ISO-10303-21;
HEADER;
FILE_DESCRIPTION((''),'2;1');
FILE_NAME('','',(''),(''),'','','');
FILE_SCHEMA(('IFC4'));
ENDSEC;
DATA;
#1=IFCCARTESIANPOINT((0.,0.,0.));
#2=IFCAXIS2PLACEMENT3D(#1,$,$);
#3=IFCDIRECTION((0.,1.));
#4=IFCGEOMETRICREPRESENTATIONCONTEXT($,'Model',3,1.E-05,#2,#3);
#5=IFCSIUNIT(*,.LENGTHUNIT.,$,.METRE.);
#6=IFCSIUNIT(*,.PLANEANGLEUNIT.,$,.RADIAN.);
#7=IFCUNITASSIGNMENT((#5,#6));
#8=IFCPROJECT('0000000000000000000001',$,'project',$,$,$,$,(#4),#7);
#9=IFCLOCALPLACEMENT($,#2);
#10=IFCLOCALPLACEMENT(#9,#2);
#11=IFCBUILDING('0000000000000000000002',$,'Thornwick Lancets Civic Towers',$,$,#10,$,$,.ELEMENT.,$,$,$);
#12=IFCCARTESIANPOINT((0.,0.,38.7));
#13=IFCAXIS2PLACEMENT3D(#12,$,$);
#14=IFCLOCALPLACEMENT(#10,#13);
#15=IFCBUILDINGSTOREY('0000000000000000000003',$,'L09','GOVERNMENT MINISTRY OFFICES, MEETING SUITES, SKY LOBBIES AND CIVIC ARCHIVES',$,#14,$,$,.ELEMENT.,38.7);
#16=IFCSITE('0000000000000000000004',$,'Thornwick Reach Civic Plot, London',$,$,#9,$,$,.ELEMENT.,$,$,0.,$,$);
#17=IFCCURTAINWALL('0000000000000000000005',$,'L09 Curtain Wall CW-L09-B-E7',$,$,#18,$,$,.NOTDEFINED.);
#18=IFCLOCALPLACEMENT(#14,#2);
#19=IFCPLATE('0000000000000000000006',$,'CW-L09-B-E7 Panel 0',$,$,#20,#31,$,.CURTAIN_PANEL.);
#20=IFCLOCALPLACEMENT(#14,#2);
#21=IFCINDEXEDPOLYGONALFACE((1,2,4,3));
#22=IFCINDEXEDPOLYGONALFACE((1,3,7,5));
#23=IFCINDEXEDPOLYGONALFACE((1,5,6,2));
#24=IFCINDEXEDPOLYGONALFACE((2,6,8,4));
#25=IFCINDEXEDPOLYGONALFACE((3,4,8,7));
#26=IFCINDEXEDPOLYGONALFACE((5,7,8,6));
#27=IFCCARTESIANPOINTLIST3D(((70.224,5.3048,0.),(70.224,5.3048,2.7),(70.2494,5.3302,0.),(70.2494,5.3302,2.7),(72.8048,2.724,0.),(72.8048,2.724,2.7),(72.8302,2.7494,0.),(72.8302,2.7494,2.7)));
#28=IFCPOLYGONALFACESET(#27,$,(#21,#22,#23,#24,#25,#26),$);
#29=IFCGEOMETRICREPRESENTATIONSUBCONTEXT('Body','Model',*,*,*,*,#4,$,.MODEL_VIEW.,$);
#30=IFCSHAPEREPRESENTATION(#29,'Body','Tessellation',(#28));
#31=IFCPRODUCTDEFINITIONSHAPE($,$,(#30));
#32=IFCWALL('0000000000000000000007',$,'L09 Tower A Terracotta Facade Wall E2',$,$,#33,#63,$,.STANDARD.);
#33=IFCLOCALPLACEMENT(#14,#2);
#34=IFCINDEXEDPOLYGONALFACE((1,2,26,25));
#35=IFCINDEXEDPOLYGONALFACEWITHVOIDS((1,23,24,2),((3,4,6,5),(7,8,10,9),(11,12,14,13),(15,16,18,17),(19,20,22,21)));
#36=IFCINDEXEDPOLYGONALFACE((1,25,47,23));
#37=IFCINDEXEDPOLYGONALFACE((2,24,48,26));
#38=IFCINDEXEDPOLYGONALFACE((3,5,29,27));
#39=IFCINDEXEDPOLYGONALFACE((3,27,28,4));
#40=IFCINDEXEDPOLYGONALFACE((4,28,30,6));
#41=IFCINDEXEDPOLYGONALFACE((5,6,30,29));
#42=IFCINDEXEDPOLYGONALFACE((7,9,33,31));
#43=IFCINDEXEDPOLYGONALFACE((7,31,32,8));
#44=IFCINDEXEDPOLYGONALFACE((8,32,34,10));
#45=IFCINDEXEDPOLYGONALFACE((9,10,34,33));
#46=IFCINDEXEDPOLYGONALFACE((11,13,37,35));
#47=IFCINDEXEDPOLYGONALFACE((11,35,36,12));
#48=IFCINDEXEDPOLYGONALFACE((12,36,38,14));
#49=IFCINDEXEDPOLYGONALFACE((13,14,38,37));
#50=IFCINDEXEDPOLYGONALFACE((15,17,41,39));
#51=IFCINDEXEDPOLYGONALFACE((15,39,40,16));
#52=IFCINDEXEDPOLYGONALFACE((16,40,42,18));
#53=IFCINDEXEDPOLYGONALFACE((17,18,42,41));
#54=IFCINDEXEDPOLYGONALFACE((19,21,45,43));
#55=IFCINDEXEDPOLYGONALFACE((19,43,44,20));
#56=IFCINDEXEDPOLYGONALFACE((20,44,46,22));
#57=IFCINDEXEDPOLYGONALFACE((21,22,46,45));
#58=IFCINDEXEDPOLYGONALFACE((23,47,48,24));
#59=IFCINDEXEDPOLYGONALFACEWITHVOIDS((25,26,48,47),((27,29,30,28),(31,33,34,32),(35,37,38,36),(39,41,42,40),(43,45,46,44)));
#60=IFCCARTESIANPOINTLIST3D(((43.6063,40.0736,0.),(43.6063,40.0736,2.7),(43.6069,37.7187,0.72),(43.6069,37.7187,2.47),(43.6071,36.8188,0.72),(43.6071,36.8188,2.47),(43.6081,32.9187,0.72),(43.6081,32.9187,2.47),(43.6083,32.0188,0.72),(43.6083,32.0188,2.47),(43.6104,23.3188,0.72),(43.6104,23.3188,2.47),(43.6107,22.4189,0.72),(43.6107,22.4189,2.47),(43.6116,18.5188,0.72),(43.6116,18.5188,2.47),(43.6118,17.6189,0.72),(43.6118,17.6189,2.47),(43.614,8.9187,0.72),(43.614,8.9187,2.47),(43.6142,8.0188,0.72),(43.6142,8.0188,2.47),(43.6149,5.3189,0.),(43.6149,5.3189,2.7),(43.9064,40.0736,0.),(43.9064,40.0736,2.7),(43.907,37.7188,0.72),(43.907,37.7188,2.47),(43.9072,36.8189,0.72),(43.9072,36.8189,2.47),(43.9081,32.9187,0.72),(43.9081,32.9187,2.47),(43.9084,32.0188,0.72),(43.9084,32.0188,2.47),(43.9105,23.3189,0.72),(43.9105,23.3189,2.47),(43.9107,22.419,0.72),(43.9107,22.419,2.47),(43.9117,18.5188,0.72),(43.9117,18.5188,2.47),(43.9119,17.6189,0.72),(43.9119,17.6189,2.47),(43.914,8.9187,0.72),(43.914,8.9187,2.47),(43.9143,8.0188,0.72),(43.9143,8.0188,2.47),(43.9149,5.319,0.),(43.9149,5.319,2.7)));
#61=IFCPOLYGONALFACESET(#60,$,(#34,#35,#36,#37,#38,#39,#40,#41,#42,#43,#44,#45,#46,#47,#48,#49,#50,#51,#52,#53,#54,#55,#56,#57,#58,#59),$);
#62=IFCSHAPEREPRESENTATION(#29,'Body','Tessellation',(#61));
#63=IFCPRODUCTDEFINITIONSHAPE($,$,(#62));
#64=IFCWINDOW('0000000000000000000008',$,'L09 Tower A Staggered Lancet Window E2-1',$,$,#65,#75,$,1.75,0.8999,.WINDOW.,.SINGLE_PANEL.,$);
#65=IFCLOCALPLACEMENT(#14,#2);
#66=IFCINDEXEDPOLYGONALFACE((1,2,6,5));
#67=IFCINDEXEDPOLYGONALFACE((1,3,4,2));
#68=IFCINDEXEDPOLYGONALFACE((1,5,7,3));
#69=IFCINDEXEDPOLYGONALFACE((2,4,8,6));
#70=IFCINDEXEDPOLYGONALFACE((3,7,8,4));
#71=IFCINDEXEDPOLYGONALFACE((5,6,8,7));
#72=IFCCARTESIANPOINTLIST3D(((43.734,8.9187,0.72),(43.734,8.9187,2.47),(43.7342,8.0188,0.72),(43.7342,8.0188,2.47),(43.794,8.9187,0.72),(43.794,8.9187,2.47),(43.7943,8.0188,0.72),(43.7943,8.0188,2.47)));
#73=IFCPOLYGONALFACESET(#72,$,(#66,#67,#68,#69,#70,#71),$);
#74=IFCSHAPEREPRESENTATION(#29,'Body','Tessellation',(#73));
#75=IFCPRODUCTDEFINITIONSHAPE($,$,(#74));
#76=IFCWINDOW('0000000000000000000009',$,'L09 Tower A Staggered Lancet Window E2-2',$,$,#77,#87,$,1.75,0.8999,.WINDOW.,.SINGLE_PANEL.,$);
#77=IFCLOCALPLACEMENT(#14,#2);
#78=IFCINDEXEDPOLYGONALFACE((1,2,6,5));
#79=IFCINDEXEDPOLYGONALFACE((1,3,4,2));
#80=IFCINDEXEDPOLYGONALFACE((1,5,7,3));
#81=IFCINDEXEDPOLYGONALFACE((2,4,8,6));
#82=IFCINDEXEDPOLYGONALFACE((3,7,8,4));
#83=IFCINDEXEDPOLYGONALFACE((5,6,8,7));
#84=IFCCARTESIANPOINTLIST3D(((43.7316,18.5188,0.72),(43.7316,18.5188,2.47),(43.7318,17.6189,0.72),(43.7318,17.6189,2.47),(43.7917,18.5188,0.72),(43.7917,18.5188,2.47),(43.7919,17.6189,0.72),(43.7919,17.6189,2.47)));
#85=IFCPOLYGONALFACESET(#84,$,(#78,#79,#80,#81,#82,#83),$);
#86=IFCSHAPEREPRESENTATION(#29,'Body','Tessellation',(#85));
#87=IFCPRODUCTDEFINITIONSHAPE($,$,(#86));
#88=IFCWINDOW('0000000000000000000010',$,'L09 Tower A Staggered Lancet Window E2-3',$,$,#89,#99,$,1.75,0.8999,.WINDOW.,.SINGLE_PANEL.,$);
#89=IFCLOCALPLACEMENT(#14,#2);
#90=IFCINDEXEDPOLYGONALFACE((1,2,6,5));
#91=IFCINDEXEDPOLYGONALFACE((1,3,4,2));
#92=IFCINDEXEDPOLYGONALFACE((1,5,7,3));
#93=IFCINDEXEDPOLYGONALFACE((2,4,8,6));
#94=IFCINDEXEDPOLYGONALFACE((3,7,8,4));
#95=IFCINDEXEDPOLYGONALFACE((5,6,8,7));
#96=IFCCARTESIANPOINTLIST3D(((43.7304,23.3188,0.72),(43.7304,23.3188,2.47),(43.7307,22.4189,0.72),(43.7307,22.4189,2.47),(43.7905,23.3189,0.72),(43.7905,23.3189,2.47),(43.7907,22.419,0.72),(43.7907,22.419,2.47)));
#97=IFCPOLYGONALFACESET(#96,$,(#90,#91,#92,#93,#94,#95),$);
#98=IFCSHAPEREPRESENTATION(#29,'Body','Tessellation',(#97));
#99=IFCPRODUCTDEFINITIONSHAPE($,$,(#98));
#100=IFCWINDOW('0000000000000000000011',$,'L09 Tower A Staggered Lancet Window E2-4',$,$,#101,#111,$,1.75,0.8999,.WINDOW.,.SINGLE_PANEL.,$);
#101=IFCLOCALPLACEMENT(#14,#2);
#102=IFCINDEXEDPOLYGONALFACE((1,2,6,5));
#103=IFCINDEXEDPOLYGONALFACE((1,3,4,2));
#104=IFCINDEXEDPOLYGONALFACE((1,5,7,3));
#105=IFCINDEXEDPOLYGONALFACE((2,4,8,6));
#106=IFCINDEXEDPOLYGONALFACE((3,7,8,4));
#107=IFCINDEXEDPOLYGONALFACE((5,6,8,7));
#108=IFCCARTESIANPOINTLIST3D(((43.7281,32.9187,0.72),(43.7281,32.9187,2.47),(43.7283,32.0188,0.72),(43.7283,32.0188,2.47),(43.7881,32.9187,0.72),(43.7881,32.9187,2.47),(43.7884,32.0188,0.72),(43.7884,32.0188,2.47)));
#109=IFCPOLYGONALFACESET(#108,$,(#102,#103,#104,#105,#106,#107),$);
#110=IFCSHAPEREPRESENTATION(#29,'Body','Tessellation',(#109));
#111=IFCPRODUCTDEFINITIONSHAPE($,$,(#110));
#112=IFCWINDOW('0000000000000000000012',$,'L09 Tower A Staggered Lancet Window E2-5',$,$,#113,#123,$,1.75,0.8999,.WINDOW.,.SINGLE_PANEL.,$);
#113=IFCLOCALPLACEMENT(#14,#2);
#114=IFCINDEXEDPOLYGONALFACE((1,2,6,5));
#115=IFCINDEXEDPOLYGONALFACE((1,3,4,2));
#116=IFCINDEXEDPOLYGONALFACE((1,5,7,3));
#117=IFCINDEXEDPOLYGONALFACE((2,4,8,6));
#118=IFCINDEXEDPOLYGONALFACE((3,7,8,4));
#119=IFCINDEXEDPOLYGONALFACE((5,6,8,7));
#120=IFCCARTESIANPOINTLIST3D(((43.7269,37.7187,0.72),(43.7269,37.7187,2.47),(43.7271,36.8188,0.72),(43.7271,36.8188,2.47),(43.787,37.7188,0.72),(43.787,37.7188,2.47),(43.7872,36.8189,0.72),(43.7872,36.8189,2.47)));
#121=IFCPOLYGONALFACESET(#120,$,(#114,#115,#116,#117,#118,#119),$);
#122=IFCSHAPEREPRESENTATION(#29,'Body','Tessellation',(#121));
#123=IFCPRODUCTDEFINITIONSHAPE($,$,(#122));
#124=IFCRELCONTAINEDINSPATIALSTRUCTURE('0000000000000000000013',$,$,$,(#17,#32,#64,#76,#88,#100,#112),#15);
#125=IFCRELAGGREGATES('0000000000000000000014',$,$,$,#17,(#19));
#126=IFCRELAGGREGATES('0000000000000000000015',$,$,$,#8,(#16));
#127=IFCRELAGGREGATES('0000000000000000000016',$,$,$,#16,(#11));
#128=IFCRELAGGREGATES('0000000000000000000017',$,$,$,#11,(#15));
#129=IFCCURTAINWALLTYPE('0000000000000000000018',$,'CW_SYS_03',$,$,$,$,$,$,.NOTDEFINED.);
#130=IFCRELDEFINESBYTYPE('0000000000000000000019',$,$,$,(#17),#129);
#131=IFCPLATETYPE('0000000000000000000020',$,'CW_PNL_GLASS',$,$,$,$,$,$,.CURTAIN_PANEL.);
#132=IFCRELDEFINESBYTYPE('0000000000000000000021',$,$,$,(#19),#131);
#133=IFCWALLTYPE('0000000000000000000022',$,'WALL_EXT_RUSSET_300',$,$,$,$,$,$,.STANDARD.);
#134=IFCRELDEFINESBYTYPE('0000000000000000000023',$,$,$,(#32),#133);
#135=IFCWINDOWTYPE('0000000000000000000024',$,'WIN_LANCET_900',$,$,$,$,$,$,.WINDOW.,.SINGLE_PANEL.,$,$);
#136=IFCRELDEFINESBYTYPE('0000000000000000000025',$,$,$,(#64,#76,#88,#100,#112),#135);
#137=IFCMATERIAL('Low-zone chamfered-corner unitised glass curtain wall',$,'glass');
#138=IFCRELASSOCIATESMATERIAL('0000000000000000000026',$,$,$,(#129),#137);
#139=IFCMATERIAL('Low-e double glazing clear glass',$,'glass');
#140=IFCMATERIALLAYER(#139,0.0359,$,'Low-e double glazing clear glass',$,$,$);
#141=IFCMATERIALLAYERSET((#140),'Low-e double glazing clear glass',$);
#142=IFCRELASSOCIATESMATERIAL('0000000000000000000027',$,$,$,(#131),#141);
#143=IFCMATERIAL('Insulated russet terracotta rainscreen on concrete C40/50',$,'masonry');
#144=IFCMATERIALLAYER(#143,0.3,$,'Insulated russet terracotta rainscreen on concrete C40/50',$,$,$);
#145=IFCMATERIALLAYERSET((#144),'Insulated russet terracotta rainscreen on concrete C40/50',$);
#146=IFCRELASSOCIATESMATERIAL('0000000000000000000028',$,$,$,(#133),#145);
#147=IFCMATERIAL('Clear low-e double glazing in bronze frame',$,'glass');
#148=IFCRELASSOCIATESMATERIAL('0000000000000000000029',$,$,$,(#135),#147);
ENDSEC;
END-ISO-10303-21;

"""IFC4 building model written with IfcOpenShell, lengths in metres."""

from ifc_helpers import new_model, si_unit, direction, frame, frame_2d, origin, origin_2d, place, context, subcontext, project, spatial, rectangle, extrude, material, layer, layer_set, type_object, element, fill, aggregate, save


model = new_model("IFC4")

# Units and contexts
model_context = context("Model", 3, precision=1e-05, world=origin(), true_north=direction((0.0, 1.0)))
body_context = subcontext(model_context, "Body", "Model", "MODEL_VIEW")
ifc_project = project(units=[si_unit("LENGTHUNIT", "METRE"), si_unit("PLANEANGLEUNIT", "RADIAN")], contexts=[model_context])

# Site, building, storey
site_placement = place(None, origin())
site = spatial("IfcSite", under=ifc_project, at=site_placement, Name="Thornwick Reach Civic Plot, London", CompositionType="ELEMENT", RefElevation=0.0)
building_placement = place(site_placement, origin())
building = spatial("IfcBuilding", under=site, at=building_placement, Name="Thornwick Lancets Civic Towers", CompositionType="ELEMENT")
storey_placement = place(building_placement, frame((0.0, 0.0, 38.7)))
storey = spatial("IfcBuildingStorey", under=building, at=storey_placement, Name="L09", Description="GOVERNMENT MINISTRY OFFICES, MEETING SUITES, SKY LOBBIES AND CIVIC ARCHIVES", CompositionType="ELEMENT", Elevation=38.7)

# Shared definitions
ifc_material_1 = material(Name="Low-zone chamfered-corner unitised glass curtain wall", Category="glass")
curtain_wall_type = type_object("IfcCurtainWallType", Name="CW_SYS_03", PredefinedType="NOTDEFINED", material=ifc_material_1)

# Curtain wall, plate
curtain_wall_1_placement = place(storey_placement, origin())
curtain_wall_1 = element("IfcCurtainWall", 1, at=curtain_wall_1_placement, inside=storey, type_object=curtain_wall_type, Name="L09 Curtain Wall CW-L09-B-E7", PredefinedType="NOTDEFINED")
ifc_material_2 = material(Name="Low-e double glazing clear glass", Category="glass")
ifc_layer_1 = layer(ifc_material_2, 0.0359, Name="Low-e double glazing clear glass")
ifc_layer_set_1 = layer_set([ifc_layer_1], Name="Low-e double glazing clear glass")
plate_type = type_object("IfcPlateType", Name="CW_PNL_GLASS", PredefinedType="CURTAIN_PANEL", material=ifc_layer_set_1)
plate_placement = place(storey_placement, frame((71.5271, 4.0271, 0.0), z_axis=(0.0, 0.0, 1.0), x_axis=(0.707107, -0.707107, 0.0)))
plate = element("IfcPlate", 2, at=plate_placement, type_object=plate_type, Name="CW-L09-B-E7 Panel 0", PredefinedType="CURTAIN_PANEL", context=body_context, shape_type="SweptSolid", body=[
    extrude(rectangle(XDim=3.6499, YDim=0.0359, at=origin_2d()), origin(), (0.0, 0.0, 1.0), 2.7),
])
aggregate(curtain_wall_1, [plate])

# Wall, openings, windows
ifc_material_3 = material(Name="Insulated russet terracotta rainscreen on concrete C40/50", Category="masonry")
ifc_layer_2 = layer(ifc_material_3, 0.3, Name="Insulated russet terracotta rainscreen on concrete C40/50")
ifc_layer_set_2 = layer_set([ifc_layer_2], Name="Insulated russet terracotta rainscreen on concrete C40/50")
wall_type_1 = type_object("IfcWallType", Name="WALL_EXT_RUSSET_300", PredefinedType="STANDARD", material=ifc_layer_set_2)
wall_1_placement = place(storey_placement, frame((43.7649, 5.3188, 0.0), z_axis=(0.0, 0.0, 1.0), x_axis=(-0.000246, 1.0, 0.0)))
wall_1 = element("IfcWall", 3, at=wall_1_placement, inside=storey, type_object=wall_type_1, Name="L09 Tower A Terracotta Facade Wall E2", PredefinedType="STANDARD", context=body_context, shape_type="SweptSolid", body=[
    extrude(rectangle(XDim=34.7546, YDim=0.3, at=frame_2d((17.3774, 0.0))), origin(), (0.0, 0.0, 1.0), 2.7),
])
opening_1_placement = place(wall_1_placement, frame((2.7, 0.0, 0.72)))
opening_1 = element("IfcOpeningElement", 4, at=opening_1_placement, cuts=wall_1, PredefinedType="OPENING", context=body_context, shape_type="SweptSolid", body=[
    extrude(rectangle(XDim=0.8999, YDim=1.75, at=frame_2d((0.45, 0.875))), frame((0.0, 0.1602, 0.0), z_axis=(0.0, -1.0, 0.0), x_axis=(1.0, 0.0, 0.0)), (0.0, 0.0, 1.0), 0.3201),
])
opening_2_placement = place(wall_1_placement, frame((12.3, 0.0, 0.72)))
opening_2 = element("IfcOpeningElement", 5, at=opening_2_placement, cuts=wall_1, PredefinedType="OPENING", context=body_context, shape_type="SweptSolid", body=[
    extrude(rectangle(XDim=0.8999, YDim=1.75, at=frame_2d((0.45, 0.875))), frame((0.0, 0.1602, 0.0), z_axis=(0.0, -1.0, 0.0), x_axis=(1.0, 0.0, 0.0)), (0.0, 0.0, 1.0), 0.3201),
])
opening_3_placement = place(wall_1_placement, frame((17.1001, 0.0, 0.72)))
opening_3 = element("IfcOpeningElement", 6, at=opening_3_placement, cuts=wall_1, PredefinedType="OPENING", context=body_context, shape_type="SweptSolid", body=[
    extrude(rectangle(XDim=0.8999, YDim=1.75, at=frame_2d((0.45, 0.875))), frame((0.0, 0.1602, 0.0), z_axis=(0.0, -1.0, 0.0), x_axis=(1.0, 0.0, 0.0)), (0.0, 0.0, 1.0), 0.3201),
])
opening_4_placement = place(wall_1_placement, frame((26.7, 0.0, 0.72)))
opening_4 = element("IfcOpeningElement", 7, at=opening_4_placement, cuts=wall_1, PredefinedType="OPENING", context=body_context, shape_type="SweptSolid", body=[
    extrude(rectangle(XDim=0.8999, YDim=1.75, at=frame_2d((0.45, 0.875))), frame((0.0, 0.1602, 0.0), z_axis=(0.0, -1.0, 0.0), x_axis=(1.0, 0.0, 0.0)), (0.0, 0.0, 1.0), 0.3201),
])
opening_5_placement = place(wall_1_placement, frame((31.5, 0.0, 0.72)))
opening_5 = element("IfcOpeningElement", 8, at=opening_5_placement, cuts=wall_1, PredefinedType="OPENING", context=body_context, shape_type="SweptSolid", body=[
    extrude(rectangle(XDim=0.8999, YDim=1.75, at=frame_2d((0.45, 0.875))), frame((0.0, 0.1602, 0.0), z_axis=(0.0, -1.0, 0.0), x_axis=(1.0, 0.0, 0.0)), (0.0, 0.0, 1.0), 0.3201),
])
ifc_material_4 = material(Name="Clear low-e double glazing in bronze frame", Category="glass")
window_type = type_object("IfcWindowType", Name="WIN_LANCET_900", PartitioningType="SINGLE_PANEL", PredefinedType="WINDOW", material=ifc_material_4)
window_1_placement = place(opening_1_placement, origin())
window_1 = element("IfcWindow", 9, at=window_1_placement, inside=storey, type_object=window_type, Name="L09 Tower A Staggered Lancet Window E2-1", OverallHeight=1.75, OverallWidth=0.8999, PartitioningType="SINGLE_PANEL", PredefinedType="WINDOW", context=body_context, shape_type="SweptSolid", body=[
    extrude(rectangle(XDim=0.8999, YDim=1.75, at=frame_2d((0.45, 0.875))), frame((0.0, 0.03, 0.0), z_axis=(0.0, -1.0, 0.0), x_axis=(1.0, 0.0, 0.0)), (0.0, 0.0, 1.0), 0.0601),
])
fill(opening_1, window_1)
window_2_placement = place(opening_2_placement, origin())
window_2 = element("IfcWindow", 10, at=window_2_placement, inside=storey, type_object=window_type, Name="L09 Tower A Staggered Lancet Window E2-2", OverallHeight=1.75, OverallWidth=0.8999, PartitioningType="SINGLE_PANEL", PredefinedType="WINDOW", context=body_context, shape_type="SweptSolid", body=[
    extrude(rectangle(XDim=0.8999, YDim=1.75, at=frame_2d((0.45, 0.875))), frame((0.0, 0.03, 0.0), z_axis=(0.0, -1.0, 0.0), x_axis=(1.0, 0.0, 0.0)), (0.0, 0.0, 1.0), 0.0601),
])
fill(opening_2, window_2)
window_3_placement = place(opening_3_placement, origin())
window_3 = element("IfcWindow", 11, at=window_3_placement, inside=storey, type_object=window_type, Name="L09 Tower A Staggered Lancet Window E2-3", OverallHeight=1.75, OverallWidth=0.8999, PartitioningType="SINGLE_PANEL", PredefinedType="WINDOW", context=body_context, shape_type="SweptSolid", body=[
    extrude(rectangle(XDim=0.8999, YDim=1.75, at=frame_2d((0.45, 0.875))), frame((0.0, 0.03, 0.0), z_axis=(0.0, -1.0, 0.0), x_axis=(1.0, 0.0, 0.0)), (0.0, 0.0, 1.0), 0.0601),
])
fill(opening_3, window_3)
window_4_placement = place(opening_4_placement, origin())
window_4 = element("IfcWindow", 12, at=window_4_placement, inside=storey, type_object=window_type, Name="L09 Tower A Staggered Lancet Window E2-4", OverallHeight=1.75, OverallWidth=0.8999, PartitioningType="SINGLE_PANEL", PredefinedType="WINDOW", context=body_context, shape_type="SweptSolid", body=[
    extrude(rectangle(XDim=0.8999, YDim=1.75, at=frame_2d((0.45, 0.875))), frame((0.0, 0.03, 0.0), z_axis=(0.0, -1.0, 0.0), x_axis=(1.0, 0.0, 0.0)), (0.0, 0.0, 1.0), 0.0601),
])
fill(opening_4, window_4)
window_5_placement = place(opening_5_placement, origin())
window_5 = element("IfcWindow", 13, at=window_5_placement, inside=storey, type_object=window_type, Name="L09 Tower A Staggered Lancet Window E2-5", OverallHeight=1.75, OverallWidth=0.8999, PartitioningType="SINGLE_PANEL", PredefinedType="WINDOW", context=body_context, shape_type="SweptSolid", body=[
    extrude(rectangle(XDim=0.8999, YDim=1.75, at=frame_2d((0.45, 0.875))), frame((0.0, 0.03, 0.0), z_axis=(0.0, -1.0, 0.0), x_axis=(1.0, 0.0, 0.0)), (0.0, 0.0, 1.0), 0.0601),
])
fill(opening_5, window_5)

save(model, "model.ifc")
